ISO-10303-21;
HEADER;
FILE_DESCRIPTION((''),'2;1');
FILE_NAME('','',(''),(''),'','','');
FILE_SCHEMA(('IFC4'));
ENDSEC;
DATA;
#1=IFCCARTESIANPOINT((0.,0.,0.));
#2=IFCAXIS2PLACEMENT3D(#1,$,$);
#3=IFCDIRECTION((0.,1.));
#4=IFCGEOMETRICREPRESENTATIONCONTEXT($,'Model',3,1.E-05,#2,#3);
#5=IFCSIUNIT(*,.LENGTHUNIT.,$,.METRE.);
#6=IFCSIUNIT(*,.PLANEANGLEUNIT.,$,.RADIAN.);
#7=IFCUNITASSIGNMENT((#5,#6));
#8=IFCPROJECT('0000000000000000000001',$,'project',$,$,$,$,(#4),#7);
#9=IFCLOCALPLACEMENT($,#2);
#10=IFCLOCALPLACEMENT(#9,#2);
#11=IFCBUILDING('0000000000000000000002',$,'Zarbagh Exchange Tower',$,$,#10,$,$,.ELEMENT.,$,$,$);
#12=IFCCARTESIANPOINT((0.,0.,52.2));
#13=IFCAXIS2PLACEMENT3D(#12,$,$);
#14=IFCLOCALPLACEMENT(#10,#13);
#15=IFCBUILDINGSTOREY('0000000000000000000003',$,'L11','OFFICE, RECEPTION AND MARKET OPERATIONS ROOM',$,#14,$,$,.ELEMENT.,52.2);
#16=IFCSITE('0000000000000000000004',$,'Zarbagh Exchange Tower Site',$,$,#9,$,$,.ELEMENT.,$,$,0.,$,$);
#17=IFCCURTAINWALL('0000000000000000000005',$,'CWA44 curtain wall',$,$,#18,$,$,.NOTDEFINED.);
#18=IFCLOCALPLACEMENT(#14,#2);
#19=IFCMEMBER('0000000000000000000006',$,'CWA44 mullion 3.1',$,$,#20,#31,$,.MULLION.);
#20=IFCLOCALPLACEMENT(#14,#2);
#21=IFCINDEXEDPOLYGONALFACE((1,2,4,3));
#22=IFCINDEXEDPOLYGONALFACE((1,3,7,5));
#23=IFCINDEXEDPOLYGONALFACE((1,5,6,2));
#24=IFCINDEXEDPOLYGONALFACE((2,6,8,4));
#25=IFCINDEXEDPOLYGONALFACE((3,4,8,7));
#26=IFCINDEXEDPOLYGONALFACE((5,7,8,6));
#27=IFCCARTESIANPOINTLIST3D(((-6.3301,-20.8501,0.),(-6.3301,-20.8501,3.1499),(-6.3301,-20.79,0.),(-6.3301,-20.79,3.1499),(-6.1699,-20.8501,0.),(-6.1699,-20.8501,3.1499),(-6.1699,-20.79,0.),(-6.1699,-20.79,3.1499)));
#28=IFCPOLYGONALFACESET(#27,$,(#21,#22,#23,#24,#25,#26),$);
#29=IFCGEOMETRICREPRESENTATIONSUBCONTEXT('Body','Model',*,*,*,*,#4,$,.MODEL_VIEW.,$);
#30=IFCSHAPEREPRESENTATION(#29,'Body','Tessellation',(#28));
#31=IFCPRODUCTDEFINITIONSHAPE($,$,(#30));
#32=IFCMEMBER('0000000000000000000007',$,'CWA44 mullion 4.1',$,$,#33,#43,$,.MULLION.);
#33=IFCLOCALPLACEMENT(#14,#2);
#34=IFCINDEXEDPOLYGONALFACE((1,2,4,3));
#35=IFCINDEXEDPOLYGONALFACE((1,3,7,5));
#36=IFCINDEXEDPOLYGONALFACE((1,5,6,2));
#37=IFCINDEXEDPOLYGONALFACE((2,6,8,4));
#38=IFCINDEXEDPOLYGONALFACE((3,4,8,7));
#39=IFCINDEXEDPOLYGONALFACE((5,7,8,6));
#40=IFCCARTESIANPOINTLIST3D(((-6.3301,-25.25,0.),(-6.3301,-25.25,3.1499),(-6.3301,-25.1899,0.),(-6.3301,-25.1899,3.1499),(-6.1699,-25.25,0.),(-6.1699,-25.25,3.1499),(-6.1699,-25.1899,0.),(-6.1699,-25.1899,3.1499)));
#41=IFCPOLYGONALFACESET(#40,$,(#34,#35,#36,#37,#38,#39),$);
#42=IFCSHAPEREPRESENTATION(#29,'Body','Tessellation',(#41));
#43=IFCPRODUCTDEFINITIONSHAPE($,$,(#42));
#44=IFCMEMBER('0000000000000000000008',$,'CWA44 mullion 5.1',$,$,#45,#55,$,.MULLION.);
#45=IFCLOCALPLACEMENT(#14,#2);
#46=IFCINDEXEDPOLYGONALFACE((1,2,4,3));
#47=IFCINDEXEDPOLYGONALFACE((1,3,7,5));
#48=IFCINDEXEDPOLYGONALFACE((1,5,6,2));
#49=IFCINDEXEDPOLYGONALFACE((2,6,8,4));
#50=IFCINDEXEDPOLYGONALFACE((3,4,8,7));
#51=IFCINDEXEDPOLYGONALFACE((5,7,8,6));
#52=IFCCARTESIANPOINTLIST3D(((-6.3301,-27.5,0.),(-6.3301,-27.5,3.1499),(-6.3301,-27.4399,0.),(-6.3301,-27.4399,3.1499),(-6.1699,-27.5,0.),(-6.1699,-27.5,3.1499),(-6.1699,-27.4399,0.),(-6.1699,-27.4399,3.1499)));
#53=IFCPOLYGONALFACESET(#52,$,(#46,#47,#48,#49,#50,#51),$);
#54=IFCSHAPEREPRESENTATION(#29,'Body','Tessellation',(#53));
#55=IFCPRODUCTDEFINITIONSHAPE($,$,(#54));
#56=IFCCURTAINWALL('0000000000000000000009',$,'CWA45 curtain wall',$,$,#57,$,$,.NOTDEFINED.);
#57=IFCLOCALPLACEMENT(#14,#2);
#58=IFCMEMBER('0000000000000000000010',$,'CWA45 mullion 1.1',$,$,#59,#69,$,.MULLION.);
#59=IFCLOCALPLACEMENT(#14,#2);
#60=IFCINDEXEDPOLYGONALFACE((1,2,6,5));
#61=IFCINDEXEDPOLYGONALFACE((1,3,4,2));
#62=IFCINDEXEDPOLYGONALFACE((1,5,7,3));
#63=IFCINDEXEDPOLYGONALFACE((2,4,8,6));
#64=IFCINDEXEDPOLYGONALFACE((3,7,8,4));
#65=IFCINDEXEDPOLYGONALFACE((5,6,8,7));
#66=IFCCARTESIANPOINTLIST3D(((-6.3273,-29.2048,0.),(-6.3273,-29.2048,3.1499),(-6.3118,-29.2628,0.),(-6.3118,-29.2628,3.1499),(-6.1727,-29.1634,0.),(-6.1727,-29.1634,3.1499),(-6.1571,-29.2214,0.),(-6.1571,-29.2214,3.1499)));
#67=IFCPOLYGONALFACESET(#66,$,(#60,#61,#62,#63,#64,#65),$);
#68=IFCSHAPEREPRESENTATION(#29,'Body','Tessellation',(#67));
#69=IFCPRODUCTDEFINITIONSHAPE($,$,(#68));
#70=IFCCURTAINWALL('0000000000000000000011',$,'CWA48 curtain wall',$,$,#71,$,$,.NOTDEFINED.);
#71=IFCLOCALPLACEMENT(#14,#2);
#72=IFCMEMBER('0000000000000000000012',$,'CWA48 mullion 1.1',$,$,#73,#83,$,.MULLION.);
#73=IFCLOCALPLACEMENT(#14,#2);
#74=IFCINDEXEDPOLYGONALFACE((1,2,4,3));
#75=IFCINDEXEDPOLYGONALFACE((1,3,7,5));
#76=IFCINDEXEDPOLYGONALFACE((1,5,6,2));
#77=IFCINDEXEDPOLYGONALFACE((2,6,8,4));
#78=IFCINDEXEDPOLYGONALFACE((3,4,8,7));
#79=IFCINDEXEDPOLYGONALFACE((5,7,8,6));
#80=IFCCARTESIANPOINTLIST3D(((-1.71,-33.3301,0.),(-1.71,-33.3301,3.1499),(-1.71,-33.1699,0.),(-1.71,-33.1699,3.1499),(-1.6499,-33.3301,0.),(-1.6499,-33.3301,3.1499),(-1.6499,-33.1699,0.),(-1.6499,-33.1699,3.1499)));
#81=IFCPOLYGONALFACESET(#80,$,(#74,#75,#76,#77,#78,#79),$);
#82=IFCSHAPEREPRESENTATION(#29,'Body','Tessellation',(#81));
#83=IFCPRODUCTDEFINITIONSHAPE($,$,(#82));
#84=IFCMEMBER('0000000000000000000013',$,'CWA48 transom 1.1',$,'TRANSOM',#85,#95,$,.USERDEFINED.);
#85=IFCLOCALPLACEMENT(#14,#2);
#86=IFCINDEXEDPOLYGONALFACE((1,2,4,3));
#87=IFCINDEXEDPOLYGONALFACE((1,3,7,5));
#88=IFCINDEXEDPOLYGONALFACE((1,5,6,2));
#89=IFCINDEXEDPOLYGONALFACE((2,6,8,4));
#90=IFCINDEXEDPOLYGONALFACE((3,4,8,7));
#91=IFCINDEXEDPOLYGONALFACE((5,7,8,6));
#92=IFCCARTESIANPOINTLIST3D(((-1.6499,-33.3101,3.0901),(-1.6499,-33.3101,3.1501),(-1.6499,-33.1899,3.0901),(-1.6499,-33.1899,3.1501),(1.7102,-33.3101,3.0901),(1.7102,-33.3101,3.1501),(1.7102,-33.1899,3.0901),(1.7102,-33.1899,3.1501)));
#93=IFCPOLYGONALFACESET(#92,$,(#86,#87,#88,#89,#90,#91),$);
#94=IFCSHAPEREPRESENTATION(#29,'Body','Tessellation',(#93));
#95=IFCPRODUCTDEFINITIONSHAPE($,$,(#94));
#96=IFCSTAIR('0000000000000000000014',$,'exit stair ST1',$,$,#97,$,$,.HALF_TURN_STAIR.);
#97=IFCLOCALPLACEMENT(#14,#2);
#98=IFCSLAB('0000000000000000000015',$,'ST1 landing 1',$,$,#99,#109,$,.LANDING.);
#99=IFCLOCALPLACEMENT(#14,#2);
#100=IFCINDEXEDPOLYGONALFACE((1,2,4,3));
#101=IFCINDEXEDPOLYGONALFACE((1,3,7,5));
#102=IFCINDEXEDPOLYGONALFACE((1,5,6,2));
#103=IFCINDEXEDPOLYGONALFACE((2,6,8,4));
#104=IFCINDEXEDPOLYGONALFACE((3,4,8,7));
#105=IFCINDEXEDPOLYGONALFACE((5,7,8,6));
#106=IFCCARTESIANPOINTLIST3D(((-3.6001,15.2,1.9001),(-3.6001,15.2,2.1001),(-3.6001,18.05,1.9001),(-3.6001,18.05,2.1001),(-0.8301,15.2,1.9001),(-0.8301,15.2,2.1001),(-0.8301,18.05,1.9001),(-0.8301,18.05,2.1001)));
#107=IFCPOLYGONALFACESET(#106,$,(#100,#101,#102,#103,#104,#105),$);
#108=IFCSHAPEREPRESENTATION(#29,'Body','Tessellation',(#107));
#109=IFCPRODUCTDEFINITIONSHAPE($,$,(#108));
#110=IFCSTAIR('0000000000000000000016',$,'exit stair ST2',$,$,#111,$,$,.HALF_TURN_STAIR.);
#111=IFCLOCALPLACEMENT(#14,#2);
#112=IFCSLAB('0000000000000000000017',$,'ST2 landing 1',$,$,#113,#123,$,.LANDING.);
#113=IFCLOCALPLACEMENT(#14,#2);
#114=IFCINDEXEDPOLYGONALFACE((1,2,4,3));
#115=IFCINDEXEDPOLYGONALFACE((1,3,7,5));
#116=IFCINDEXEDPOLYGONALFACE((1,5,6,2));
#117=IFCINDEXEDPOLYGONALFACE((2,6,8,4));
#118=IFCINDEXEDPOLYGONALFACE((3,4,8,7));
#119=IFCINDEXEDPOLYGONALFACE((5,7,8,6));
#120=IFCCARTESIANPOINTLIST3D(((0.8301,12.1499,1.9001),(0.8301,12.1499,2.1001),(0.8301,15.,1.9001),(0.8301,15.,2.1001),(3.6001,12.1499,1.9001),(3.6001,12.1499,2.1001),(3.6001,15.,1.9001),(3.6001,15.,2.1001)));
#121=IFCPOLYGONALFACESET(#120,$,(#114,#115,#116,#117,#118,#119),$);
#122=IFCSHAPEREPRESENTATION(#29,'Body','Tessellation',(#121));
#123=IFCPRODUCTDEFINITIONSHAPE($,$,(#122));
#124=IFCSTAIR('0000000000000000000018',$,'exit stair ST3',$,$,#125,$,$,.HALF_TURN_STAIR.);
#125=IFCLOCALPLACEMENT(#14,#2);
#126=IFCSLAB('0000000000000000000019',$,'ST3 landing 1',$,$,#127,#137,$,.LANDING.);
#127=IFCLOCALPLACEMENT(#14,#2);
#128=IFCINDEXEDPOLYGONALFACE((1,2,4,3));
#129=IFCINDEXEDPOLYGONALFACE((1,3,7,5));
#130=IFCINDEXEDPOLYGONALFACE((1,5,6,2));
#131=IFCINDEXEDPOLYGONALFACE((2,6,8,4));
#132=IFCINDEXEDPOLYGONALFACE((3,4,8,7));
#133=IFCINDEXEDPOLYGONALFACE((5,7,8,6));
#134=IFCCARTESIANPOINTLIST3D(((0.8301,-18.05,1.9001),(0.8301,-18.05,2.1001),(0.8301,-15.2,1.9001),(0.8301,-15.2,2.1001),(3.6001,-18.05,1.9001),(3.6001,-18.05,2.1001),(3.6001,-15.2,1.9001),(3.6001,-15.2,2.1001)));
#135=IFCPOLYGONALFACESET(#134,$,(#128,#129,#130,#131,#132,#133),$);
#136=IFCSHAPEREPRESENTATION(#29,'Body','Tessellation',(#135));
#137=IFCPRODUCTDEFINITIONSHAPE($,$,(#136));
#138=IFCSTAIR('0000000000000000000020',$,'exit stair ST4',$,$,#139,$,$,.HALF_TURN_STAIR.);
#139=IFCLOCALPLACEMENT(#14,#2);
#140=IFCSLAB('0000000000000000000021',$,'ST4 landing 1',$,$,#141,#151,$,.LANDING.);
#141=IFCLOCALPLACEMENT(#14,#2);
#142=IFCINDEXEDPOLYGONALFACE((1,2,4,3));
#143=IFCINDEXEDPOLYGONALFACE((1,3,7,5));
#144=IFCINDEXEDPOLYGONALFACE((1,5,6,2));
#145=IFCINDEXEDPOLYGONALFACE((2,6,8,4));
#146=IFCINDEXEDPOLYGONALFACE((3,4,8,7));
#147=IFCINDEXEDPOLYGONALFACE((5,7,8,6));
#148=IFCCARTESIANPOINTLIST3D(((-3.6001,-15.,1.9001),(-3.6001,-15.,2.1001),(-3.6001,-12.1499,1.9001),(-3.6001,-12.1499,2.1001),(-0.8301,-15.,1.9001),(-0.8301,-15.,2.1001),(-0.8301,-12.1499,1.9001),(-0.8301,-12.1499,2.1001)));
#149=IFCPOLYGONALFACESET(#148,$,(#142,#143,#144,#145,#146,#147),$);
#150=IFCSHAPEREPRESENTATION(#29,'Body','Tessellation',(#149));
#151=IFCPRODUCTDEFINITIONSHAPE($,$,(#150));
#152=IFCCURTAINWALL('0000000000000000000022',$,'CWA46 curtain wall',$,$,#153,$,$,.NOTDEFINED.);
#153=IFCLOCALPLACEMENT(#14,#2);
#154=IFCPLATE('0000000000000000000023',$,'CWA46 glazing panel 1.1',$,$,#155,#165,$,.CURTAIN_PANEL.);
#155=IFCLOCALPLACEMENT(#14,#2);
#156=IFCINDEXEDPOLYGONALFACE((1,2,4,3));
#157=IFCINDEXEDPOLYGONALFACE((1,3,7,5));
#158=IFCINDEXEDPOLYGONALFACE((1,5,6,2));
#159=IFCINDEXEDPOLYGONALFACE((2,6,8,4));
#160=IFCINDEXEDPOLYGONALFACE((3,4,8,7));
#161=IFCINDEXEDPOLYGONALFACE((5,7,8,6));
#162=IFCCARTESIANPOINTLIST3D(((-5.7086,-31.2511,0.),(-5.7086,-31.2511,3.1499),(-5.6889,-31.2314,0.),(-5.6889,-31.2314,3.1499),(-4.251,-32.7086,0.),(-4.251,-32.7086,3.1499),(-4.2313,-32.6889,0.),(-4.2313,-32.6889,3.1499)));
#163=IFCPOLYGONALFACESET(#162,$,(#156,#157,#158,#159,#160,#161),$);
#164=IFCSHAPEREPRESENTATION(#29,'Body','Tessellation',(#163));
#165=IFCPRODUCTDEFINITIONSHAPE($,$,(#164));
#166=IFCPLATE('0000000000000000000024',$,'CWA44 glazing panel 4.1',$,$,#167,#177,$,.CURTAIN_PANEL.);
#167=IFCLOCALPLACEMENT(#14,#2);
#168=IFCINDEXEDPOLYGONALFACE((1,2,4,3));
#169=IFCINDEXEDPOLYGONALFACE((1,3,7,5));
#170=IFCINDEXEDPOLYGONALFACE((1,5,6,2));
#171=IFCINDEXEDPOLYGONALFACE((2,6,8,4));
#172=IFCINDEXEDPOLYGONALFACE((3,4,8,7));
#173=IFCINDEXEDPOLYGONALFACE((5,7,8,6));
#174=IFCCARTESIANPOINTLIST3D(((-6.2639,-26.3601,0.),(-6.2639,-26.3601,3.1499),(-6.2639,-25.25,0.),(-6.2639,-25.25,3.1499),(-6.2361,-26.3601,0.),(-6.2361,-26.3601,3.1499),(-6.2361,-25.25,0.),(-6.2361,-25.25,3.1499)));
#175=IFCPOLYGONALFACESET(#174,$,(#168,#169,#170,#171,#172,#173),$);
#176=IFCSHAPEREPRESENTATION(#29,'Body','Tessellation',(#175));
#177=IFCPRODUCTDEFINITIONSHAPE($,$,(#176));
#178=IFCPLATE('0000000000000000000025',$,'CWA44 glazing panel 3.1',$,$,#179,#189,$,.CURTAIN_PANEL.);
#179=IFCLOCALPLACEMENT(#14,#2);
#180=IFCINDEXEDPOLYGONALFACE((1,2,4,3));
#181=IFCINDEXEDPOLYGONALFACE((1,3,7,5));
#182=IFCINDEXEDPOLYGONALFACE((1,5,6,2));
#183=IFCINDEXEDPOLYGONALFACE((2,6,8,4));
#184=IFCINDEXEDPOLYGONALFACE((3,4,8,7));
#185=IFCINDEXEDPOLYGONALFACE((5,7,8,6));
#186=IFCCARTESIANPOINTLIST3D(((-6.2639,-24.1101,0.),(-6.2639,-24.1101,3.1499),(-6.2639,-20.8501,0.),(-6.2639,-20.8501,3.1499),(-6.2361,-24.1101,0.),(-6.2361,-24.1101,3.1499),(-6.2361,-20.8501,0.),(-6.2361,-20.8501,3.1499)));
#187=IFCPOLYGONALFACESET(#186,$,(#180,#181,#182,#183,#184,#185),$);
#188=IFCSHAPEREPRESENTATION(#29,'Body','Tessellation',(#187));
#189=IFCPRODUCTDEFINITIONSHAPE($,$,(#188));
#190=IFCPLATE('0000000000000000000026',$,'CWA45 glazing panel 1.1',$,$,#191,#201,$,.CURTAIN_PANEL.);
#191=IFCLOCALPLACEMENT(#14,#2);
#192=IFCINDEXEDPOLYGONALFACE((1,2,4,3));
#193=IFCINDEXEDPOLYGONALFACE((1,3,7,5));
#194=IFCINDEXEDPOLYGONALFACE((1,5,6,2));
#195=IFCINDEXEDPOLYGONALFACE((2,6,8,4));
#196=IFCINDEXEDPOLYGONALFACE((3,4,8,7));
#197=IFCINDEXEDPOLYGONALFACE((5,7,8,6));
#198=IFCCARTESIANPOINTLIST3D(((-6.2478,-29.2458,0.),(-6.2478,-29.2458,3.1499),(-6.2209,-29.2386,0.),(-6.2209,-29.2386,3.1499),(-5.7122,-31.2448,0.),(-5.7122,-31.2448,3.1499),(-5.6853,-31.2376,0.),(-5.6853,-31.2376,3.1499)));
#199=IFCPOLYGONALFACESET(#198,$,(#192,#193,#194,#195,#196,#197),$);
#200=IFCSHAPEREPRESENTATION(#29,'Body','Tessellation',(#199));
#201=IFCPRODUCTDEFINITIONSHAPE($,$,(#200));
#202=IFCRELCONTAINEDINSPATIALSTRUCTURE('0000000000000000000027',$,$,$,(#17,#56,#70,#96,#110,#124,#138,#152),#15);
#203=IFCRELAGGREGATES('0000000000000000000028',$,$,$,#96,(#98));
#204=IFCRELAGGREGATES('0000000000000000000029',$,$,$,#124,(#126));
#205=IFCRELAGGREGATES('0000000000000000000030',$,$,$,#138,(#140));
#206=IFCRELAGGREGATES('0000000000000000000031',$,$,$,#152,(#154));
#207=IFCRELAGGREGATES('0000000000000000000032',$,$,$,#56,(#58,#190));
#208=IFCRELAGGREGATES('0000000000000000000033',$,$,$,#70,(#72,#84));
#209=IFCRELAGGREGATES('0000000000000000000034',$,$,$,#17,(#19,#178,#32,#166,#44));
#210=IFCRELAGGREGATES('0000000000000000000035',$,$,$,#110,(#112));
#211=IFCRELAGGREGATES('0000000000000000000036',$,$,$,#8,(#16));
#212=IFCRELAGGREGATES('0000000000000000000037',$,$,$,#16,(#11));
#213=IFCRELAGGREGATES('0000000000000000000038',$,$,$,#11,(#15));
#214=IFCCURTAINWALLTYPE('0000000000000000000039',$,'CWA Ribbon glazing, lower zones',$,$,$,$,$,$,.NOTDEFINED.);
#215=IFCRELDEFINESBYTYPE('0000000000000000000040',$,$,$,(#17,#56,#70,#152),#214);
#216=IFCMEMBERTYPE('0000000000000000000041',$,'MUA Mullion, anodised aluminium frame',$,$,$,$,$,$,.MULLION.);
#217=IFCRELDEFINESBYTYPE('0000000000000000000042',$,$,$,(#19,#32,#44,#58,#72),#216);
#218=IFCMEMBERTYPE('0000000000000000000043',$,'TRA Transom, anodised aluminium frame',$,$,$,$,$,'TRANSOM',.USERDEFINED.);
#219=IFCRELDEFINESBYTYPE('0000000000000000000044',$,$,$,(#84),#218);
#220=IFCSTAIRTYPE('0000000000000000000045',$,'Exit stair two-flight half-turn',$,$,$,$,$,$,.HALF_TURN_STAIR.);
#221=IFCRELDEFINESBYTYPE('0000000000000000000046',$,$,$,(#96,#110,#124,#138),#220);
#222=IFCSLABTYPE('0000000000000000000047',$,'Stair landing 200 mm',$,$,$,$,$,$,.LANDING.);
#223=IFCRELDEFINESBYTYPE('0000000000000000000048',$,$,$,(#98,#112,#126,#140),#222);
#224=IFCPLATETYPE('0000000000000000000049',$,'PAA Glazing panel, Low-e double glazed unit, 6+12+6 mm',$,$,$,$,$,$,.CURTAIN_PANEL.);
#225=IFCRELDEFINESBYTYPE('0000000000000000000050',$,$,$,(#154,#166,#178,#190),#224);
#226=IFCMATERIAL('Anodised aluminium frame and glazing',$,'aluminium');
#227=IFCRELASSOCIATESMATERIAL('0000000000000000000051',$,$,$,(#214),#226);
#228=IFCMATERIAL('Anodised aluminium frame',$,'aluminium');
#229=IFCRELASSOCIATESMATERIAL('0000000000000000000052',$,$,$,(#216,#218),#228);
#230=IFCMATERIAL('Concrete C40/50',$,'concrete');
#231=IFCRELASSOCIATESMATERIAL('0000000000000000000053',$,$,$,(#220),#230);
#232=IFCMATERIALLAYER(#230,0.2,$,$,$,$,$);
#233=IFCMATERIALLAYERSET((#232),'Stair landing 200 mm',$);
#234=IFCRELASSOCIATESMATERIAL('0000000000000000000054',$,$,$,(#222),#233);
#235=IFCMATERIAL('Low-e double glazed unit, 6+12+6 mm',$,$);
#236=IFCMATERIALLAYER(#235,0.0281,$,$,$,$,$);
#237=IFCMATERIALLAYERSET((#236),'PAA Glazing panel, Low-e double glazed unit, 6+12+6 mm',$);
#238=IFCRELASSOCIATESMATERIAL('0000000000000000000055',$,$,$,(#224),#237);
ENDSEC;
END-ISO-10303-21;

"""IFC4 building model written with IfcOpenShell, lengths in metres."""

from ifc_helpers import new_model, si_unit, direction, frame, origin, place, context, subcontext, project, spatial, polyline, outline, extrude, source, transform, mapped, material, layer, layer_set, type_object, element, aggregate, save


model = new_model("IFC4")

# Units and contexts
model_context = context("Model", 3, precision=1e-05, world=origin(), true_north=direction((0.0, 1.0)))
body_context = subcontext(model_context, "Body", "Model", "MODEL_VIEW")
ifc_project = project(units=[si_unit("LENGTHUNIT", "METRE"), si_unit("PLANEANGLEUNIT", "RADIAN")], contexts=[model_context])

# Site, building, storey
site_placement = place(None, origin())
site = spatial("IfcSite", under=ifc_project, at=site_placement, Name="Zarbagh Exchange Tower Site", CompositionType="ELEMENT", RefElevation=0.0)
building_placement = place(site_placement, origin())
building = spatial("IfcBuilding", under=site, at=building_placement, Name="Zarbagh Exchange Tower", CompositionType="ELEMENT")
storey_placement = place(building_placement, frame((0.0, 0.0, 52.2)))
storey = spatial("IfcBuildingStorey", under=building, at=storey_placement, Name="L11", Description="OFFICE, RECEPTION AND MARKET OPERATIONS ROOM", CompositionType="ELEMENT", Elevation=52.2)

# Curtain wall, members
ifc_material_1 = material(Name="Anodised aluminium frame and glazing", Category="aluminium")
curtain_wall_type = type_object("IfcCurtainWallType", Name="CWA Ribbon glazing, lower zones", PredefinedType="NOTDEFINED", material=ifc_material_1)
curtain_wall_1_placement = place(storey_placement, origin())
curtain_wall_1 = element("IfcCurtainWall", 1, at=curtain_wall_1_placement, inside=storey, type_object=curtain_wall_type, Name="CWA44 curtain wall", PredefinedType="NOTDEFINED")
ifc_material_2 = material(Name="Anodised aluminium frame", Category="aluminium")
member_type_1 = type_object("IfcMemberType", Name="MUA Mullion, anodised aluminium frame", PredefinedType="MULLION", material=ifc_material_2)
shared_shape_1 = source(origin(), body_context, "Body", "SweptSolid", [
    extrude(outline(polyline([(0.0, -0.0801), (0.0601, -0.0801), (0.0601, 0.0801), (0.0, 0.0801), (0.0, -0.0801)])), origin(), (0.0, 0.0, 1.0), 3.1499),
])
placement = place(storey_placement, origin())
member_1 = element("IfcMember", 2, at=placement, type_object=member_type_1, Name="CWA44 mullion 3.1", PredefinedType="MULLION", context=body_context, shape_type="MappedRepresentation", body=[
    mapped(shared_shape_1, transform((-6.25, -20.79, 0.0), x_axis=(0.0, -1.0, 0.0), y_axis=(1.0, 0.0, 0.0), z_axis=(0.0, 0.0, 1.0))),
])
member_2 = element("IfcMember", 3, at=placement, type_object=member_type_1, Name="CWA44 mullion 4.1", PredefinedType="MULLION", context=body_context, shape_type="MappedRepresentation", body=[
    mapped(shared_shape_1, transform((-6.25, -25.1899, 0.0), x_axis=(0.0, -1.0, 0.0), y_axis=(1.0, 0.0, 0.0), z_axis=(0.0, 0.0, 1.0))),
])
member_3 = element("IfcMember", 4, at=placement, type_object=member_type_1, Name="CWA44 mullion 5.1", PredefinedType="MULLION", context=body_context, shape_type="MappedRepresentation", body=[
    mapped(shared_shape_1, transform((-6.25, -27.4399, 0.0), x_axis=(0.0, -1.0, 0.0), y_axis=(1.0, 0.0, 0.0), z_axis=(0.0, 0.0, 1.0))),
])

# Curtain wall, member
curtain_wall_2_placement = place(storey_placement, origin())
curtain_wall_2 = element("IfcCurtainWall", 5, at=curtain_wall_2_placement, inside=storey, type_object=curtain_wall_type, Name="CWA45 curtain wall", PredefinedType="NOTDEFINED")
member_4 = element("IfcMember", 6, at=placement, type_object=member_type_1, Name="CWA45 mullion 1.1", PredefinedType="MULLION", context=body_context, shape_type="MappedRepresentation", body=[
    mapped(shared_shape_1, transform((-6.25, -29.1841, 0.0), x_axis=(0.258825, -0.965924, 0.0), y_axis=(0.965924, 0.258825, 0.0), z_axis=(0.0, 0.0, 1.0))),
])

# Curtain wall, members
curtain_wall_3_placement = place(storey_placement, origin())
curtain_wall_3 = element("IfcCurtainWall", 7, at=curtain_wall_3_placement, inside=storey, type_object=curtain_wall_type, Name="CWA48 curtain wall", PredefinedType="NOTDEFINED")
member_5 = element("IfcMember", 8, at=placement, type_object=member_type_1, Name="CWA48 mullion 1.1", PredefinedType="MULLION", context=body_context, shape_type="MappedRepresentation", body=[
    mapped(shared_shape_1, transform((-1.71, -33.25, 0.0), x_axis=(1.0, 0.0, 0.0), y_axis=(0.0, 1.0, 0.0), z_axis=(0.0, 0.0, 1.0))),
])
member_type_2 = type_object("IfcMemberType", Name="TRA Transom, anodised aluminium frame", ElementType="TRANSOM", PredefinedType="USERDEFINED", material=ifc_material_2)
shared_shape_2 = source(origin(), body_context, "Body", "SweptSolid", [
    extrude(outline(polyline([(-0.0601, -0.0601), (0.0, -0.0601), (0.0, 0.0601), (-0.0601, 0.0601), (-0.0601, -0.0601)])), origin(), (0.0, 0.0, 1.0), 3.3601),
])
member_6 = element("IfcMember", 9, at=placement, type_object=member_type_2, Name="CWA48 transom 1.1", ObjectType="TRANSOM", PredefinedType="USERDEFINED", context=body_context, shape_type="MappedRepresentation", body=[
    mapped(shared_shape_2, transform((-1.6499, -33.25, 3.1501), x_axis=(0.0, 0.0, 1.0), y_axis=(0.0, -1.0, 0.0), z_axis=(1.0, 0.0, 0.0))),
])

# Stairs, slabs
ifc_material_3 = material(Name="Concrete C40/50", Category="concrete")
stair_type = type_object("IfcStairType", Name="Exit stair two-flight half-turn", PredefinedType="HALF_TURN_STAIR", material=ifc_material_3)
stair_1_placement = place(storey_placement, origin())
stair_1 = element("IfcStair", 10, at=stair_1_placement, inside=storey, type_object=stair_type, Name="exit stair ST1", PredefinedType="HALF_TURN_STAIR")
ifc_layer_1 = layer(ifc_material_3, 0.2)
ifc_layer_set_1 = layer_set([ifc_layer_1], Name="Stair landing 200 mm")
slab_type = type_object("IfcSlabType", Name="Stair landing 200 mm", PredefinedType="LANDING", material=ifc_layer_set_1)
slab_1_placement = place(storey_placement, frame((0.0, 0.0, 1.9001)))
slab_1 = element("IfcSlab", 11, at=slab_1_placement, type_object=slab_type, Name="ST1 landing 1", PredefinedType="LANDING", context=body_context, shape_type="SweptSolid", body=[
    extrude(outline(polyline([(-0.8301, 18.05), (-3.6001, 18.05), (-3.6001, 15.2), (-0.8301, 15.2), (-0.8301, 18.05)])), origin(), (0.0, 0.0, 1.0), 0.2),
])
aggregate(stair_1, [slab_1])
stair_2_placement = place(storey_placement, origin())
stair_2 = element("IfcStair", 12, at=stair_2_placement, inside=storey, type_object=stair_type, Name="exit stair ST2", PredefinedType="HALF_TURN_STAIR")
slab_2_placement = place(storey_placement, frame((0.0, 0.0, 1.9001)))
slab_2 = element("IfcSlab", 13, at=slab_2_placement, type_object=slab_type, Name="ST2 landing 1", PredefinedType="LANDING", context=body_context, shape_type="SweptSolid", body=[
    extrude(outline(polyline([(0.8301, 12.1499), (3.6001, 12.1499), (3.6001, 15.0), (0.8301, 15.0), (0.8301, 12.1499)])), origin(), (0.0, 0.0, 1.0), 0.2),
])
stair_3_placement = place(storey_placement, origin())
stair_3 = element("IfcStair", 14, at=stair_3_placement, inside=storey, type_object=stair_type, Name="exit stair ST3", PredefinedType="HALF_TURN_STAIR")
slab_3_placement = place(storey_placement, frame((0.0, 0.0, 1.9001)))
slab_3 = element("IfcSlab", 15, at=slab_3_placement, type_object=slab_type, Name="ST3 landing 1", PredefinedType="LANDING", context=body_context, shape_type="SweptSolid", body=[
    extrude(outline(polyline([(0.8301, -18.05), (3.6001, -18.05), (3.6001, -15.2), (0.8301, -15.2), (0.8301, -18.05)])), origin(), (0.0, 0.0, 1.0), 0.2),
])
aggregate(stair_3, [slab_3])
stair_4_placement = place(storey_placement, origin())
stair_4 = element("IfcStair", 16, at=stair_4_placement, inside=storey, type_object=stair_type, Name="exit stair ST4", PredefinedType="HALF_TURN_STAIR")
slab_4_placement = place(storey_placement, frame((0.0, 0.0, 1.9001)))
slab_4 = element("IfcSlab", 17, at=slab_4_placement, type_object=slab_type, Name="ST4 landing 1", PredefinedType="LANDING", context=body_context, shape_type="SweptSolid", body=[
    extrude(outline(polyline([(-0.8301, -12.1499), (-3.6001, -12.1499), (-3.6001, -15.0), (-0.8301, -15.0), (-0.8301, -12.1499)])), origin(), (0.0, 0.0, 1.0), 0.2),
])
aggregate(stair_4, [slab_4])

# Curtain wall, plate
curtain_wall_4_placement = place(storey_placement, origin())
curtain_wall_4 = element("IfcCurtainWall", 18, at=curtain_wall_4_placement, inside=storey, type_object=curtain_wall_type, Name="CWA46 curtain wall", PredefinedType="NOTDEFINED")
ifc_material_4 = material(Name="Low-e double glazed unit, 6+12+6 mm")
ifc_layer_2 = layer(ifc_material_4, 0.0281)
ifc_layer_set_2 = layer_set([ifc_layer_2], Name="PAA Glazing panel, Low-e double glazed unit, 6+12+6 mm")
plate_type = type_object("IfcPlateType", Name="PAA Glazing panel, Low-e double glazed unit, 6+12+6 mm", PredefinedType="CURTAIN_PANEL", material=ifc_layer_set_2)
shared_shape_3 = source(origin(), body_context, "Body", "SweptSolid", [
    extrude(outline(polyline([(0.0, -0.0139), (2.0613, -0.0139), (2.0613, 0.0139), (0.0, 0.0139), (0.0, -0.0139)])), origin(), (0.0, 0.0, 1.0), 3.1499),
])
plate_1 = element("IfcPlate", 19, at=placement, type_object=plate_type, Name="CWA46 glazing panel 1.1", PredefinedType="CURTAIN_PANEL", context=body_context, shape_type="MappedRepresentation", body=[
    mapped(shared_shape_3, transform((-5.6987, -31.2412, 0.0), x_axis=(0.707107, -0.707107, 0.0), y_axis=(0.707107, 0.707107, 0.0), z_axis=(0.0, 0.0, 1.0))),
])
aggregate(curtain_wall_4, [plate_1])

# Plates
shared_shape_4 = source(origin(), body_context, "Body", "SweptSolid", [
    extrude(outline(polyline([(0.0, -0.0139), (1.1101, -0.0139), (1.1101, 0.0139), (0.0, 0.0139), (0.0, -0.0139)])), origin(), (0.0, 0.0, 1.0), 3.1499),
])
plate_2 = element("IfcPlate", 20, at=placement, type_object=plate_type, Name="CWA44 glazing panel 4.1", PredefinedType="CURTAIN_PANEL", context=body_context, shape_type="MappedRepresentation", body=[
    mapped(shared_shape_4, transform((-6.25, -25.25, 0.0), x_axis=(0.0, -1.0, 0.0), y_axis=(1.0, 0.0, 0.0), z_axis=(0.0, 0.0, 1.0))),
])
shared_shape_5 = source(origin(), body_context, "Body", "SweptSolid", [
    extrude(outline(polyline([(0.0, -0.0139), (3.26, -0.0139), (3.26, 0.0139), (0.0, 0.0139), (0.0, -0.0139)])), origin(), (0.0, 0.0, 1.0), 3.1499),
])
plate_3 = element("IfcPlate", 21, at=placement, type_object=plate_type, Name="CWA44 glazing panel 3.1", PredefinedType="CURTAIN_PANEL", context=body_context, shape_type="MappedRepresentation", body=[
    mapped(shared_shape_5, transform((-6.25, -20.8501, 0.0), x_axis=(0.0, -1.0, 0.0), y_axis=(1.0, 0.0, 0.0), z_axis=(0.0, 0.0, 1.0))),
])
shared_shape_6 = source(origin(), body_context, "Body", "SweptSolid", [
    extrude(outline(polyline([(0.0, -0.0139), (2.0696, -0.0139), (2.0696, 0.0139), (0.0, 0.0139), (0.0, -0.0139)])), origin(), (0.0, 0.0, 1.0), 3.1499),
])
plate_4 = element("IfcPlate", 22, at=placement, type_object=plate_type, Name="CWA45 glazing panel 1.1", PredefinedType="CURTAIN_PANEL", context=body_context, shape_type="MappedRepresentation", body=[
    mapped(shared_shape_6, transform((-6.2344, -29.2422, 0.0), x_axis=(0.258825, -0.965924, 0.0), y_axis=(0.965924, 0.258825, 0.0), z_axis=(0.0, 0.0, 1.0))),
])
aggregate(curtain_wall_2, [member_4, plate_4])

aggregate(curtain_wall_3, [member_5, member_6])
aggregate(curtain_wall_1, [member_1, plate_3, member_2, plate_2, member_3])

aggregate(stair_2, [slab_2])

save(model, "model.ifc")
